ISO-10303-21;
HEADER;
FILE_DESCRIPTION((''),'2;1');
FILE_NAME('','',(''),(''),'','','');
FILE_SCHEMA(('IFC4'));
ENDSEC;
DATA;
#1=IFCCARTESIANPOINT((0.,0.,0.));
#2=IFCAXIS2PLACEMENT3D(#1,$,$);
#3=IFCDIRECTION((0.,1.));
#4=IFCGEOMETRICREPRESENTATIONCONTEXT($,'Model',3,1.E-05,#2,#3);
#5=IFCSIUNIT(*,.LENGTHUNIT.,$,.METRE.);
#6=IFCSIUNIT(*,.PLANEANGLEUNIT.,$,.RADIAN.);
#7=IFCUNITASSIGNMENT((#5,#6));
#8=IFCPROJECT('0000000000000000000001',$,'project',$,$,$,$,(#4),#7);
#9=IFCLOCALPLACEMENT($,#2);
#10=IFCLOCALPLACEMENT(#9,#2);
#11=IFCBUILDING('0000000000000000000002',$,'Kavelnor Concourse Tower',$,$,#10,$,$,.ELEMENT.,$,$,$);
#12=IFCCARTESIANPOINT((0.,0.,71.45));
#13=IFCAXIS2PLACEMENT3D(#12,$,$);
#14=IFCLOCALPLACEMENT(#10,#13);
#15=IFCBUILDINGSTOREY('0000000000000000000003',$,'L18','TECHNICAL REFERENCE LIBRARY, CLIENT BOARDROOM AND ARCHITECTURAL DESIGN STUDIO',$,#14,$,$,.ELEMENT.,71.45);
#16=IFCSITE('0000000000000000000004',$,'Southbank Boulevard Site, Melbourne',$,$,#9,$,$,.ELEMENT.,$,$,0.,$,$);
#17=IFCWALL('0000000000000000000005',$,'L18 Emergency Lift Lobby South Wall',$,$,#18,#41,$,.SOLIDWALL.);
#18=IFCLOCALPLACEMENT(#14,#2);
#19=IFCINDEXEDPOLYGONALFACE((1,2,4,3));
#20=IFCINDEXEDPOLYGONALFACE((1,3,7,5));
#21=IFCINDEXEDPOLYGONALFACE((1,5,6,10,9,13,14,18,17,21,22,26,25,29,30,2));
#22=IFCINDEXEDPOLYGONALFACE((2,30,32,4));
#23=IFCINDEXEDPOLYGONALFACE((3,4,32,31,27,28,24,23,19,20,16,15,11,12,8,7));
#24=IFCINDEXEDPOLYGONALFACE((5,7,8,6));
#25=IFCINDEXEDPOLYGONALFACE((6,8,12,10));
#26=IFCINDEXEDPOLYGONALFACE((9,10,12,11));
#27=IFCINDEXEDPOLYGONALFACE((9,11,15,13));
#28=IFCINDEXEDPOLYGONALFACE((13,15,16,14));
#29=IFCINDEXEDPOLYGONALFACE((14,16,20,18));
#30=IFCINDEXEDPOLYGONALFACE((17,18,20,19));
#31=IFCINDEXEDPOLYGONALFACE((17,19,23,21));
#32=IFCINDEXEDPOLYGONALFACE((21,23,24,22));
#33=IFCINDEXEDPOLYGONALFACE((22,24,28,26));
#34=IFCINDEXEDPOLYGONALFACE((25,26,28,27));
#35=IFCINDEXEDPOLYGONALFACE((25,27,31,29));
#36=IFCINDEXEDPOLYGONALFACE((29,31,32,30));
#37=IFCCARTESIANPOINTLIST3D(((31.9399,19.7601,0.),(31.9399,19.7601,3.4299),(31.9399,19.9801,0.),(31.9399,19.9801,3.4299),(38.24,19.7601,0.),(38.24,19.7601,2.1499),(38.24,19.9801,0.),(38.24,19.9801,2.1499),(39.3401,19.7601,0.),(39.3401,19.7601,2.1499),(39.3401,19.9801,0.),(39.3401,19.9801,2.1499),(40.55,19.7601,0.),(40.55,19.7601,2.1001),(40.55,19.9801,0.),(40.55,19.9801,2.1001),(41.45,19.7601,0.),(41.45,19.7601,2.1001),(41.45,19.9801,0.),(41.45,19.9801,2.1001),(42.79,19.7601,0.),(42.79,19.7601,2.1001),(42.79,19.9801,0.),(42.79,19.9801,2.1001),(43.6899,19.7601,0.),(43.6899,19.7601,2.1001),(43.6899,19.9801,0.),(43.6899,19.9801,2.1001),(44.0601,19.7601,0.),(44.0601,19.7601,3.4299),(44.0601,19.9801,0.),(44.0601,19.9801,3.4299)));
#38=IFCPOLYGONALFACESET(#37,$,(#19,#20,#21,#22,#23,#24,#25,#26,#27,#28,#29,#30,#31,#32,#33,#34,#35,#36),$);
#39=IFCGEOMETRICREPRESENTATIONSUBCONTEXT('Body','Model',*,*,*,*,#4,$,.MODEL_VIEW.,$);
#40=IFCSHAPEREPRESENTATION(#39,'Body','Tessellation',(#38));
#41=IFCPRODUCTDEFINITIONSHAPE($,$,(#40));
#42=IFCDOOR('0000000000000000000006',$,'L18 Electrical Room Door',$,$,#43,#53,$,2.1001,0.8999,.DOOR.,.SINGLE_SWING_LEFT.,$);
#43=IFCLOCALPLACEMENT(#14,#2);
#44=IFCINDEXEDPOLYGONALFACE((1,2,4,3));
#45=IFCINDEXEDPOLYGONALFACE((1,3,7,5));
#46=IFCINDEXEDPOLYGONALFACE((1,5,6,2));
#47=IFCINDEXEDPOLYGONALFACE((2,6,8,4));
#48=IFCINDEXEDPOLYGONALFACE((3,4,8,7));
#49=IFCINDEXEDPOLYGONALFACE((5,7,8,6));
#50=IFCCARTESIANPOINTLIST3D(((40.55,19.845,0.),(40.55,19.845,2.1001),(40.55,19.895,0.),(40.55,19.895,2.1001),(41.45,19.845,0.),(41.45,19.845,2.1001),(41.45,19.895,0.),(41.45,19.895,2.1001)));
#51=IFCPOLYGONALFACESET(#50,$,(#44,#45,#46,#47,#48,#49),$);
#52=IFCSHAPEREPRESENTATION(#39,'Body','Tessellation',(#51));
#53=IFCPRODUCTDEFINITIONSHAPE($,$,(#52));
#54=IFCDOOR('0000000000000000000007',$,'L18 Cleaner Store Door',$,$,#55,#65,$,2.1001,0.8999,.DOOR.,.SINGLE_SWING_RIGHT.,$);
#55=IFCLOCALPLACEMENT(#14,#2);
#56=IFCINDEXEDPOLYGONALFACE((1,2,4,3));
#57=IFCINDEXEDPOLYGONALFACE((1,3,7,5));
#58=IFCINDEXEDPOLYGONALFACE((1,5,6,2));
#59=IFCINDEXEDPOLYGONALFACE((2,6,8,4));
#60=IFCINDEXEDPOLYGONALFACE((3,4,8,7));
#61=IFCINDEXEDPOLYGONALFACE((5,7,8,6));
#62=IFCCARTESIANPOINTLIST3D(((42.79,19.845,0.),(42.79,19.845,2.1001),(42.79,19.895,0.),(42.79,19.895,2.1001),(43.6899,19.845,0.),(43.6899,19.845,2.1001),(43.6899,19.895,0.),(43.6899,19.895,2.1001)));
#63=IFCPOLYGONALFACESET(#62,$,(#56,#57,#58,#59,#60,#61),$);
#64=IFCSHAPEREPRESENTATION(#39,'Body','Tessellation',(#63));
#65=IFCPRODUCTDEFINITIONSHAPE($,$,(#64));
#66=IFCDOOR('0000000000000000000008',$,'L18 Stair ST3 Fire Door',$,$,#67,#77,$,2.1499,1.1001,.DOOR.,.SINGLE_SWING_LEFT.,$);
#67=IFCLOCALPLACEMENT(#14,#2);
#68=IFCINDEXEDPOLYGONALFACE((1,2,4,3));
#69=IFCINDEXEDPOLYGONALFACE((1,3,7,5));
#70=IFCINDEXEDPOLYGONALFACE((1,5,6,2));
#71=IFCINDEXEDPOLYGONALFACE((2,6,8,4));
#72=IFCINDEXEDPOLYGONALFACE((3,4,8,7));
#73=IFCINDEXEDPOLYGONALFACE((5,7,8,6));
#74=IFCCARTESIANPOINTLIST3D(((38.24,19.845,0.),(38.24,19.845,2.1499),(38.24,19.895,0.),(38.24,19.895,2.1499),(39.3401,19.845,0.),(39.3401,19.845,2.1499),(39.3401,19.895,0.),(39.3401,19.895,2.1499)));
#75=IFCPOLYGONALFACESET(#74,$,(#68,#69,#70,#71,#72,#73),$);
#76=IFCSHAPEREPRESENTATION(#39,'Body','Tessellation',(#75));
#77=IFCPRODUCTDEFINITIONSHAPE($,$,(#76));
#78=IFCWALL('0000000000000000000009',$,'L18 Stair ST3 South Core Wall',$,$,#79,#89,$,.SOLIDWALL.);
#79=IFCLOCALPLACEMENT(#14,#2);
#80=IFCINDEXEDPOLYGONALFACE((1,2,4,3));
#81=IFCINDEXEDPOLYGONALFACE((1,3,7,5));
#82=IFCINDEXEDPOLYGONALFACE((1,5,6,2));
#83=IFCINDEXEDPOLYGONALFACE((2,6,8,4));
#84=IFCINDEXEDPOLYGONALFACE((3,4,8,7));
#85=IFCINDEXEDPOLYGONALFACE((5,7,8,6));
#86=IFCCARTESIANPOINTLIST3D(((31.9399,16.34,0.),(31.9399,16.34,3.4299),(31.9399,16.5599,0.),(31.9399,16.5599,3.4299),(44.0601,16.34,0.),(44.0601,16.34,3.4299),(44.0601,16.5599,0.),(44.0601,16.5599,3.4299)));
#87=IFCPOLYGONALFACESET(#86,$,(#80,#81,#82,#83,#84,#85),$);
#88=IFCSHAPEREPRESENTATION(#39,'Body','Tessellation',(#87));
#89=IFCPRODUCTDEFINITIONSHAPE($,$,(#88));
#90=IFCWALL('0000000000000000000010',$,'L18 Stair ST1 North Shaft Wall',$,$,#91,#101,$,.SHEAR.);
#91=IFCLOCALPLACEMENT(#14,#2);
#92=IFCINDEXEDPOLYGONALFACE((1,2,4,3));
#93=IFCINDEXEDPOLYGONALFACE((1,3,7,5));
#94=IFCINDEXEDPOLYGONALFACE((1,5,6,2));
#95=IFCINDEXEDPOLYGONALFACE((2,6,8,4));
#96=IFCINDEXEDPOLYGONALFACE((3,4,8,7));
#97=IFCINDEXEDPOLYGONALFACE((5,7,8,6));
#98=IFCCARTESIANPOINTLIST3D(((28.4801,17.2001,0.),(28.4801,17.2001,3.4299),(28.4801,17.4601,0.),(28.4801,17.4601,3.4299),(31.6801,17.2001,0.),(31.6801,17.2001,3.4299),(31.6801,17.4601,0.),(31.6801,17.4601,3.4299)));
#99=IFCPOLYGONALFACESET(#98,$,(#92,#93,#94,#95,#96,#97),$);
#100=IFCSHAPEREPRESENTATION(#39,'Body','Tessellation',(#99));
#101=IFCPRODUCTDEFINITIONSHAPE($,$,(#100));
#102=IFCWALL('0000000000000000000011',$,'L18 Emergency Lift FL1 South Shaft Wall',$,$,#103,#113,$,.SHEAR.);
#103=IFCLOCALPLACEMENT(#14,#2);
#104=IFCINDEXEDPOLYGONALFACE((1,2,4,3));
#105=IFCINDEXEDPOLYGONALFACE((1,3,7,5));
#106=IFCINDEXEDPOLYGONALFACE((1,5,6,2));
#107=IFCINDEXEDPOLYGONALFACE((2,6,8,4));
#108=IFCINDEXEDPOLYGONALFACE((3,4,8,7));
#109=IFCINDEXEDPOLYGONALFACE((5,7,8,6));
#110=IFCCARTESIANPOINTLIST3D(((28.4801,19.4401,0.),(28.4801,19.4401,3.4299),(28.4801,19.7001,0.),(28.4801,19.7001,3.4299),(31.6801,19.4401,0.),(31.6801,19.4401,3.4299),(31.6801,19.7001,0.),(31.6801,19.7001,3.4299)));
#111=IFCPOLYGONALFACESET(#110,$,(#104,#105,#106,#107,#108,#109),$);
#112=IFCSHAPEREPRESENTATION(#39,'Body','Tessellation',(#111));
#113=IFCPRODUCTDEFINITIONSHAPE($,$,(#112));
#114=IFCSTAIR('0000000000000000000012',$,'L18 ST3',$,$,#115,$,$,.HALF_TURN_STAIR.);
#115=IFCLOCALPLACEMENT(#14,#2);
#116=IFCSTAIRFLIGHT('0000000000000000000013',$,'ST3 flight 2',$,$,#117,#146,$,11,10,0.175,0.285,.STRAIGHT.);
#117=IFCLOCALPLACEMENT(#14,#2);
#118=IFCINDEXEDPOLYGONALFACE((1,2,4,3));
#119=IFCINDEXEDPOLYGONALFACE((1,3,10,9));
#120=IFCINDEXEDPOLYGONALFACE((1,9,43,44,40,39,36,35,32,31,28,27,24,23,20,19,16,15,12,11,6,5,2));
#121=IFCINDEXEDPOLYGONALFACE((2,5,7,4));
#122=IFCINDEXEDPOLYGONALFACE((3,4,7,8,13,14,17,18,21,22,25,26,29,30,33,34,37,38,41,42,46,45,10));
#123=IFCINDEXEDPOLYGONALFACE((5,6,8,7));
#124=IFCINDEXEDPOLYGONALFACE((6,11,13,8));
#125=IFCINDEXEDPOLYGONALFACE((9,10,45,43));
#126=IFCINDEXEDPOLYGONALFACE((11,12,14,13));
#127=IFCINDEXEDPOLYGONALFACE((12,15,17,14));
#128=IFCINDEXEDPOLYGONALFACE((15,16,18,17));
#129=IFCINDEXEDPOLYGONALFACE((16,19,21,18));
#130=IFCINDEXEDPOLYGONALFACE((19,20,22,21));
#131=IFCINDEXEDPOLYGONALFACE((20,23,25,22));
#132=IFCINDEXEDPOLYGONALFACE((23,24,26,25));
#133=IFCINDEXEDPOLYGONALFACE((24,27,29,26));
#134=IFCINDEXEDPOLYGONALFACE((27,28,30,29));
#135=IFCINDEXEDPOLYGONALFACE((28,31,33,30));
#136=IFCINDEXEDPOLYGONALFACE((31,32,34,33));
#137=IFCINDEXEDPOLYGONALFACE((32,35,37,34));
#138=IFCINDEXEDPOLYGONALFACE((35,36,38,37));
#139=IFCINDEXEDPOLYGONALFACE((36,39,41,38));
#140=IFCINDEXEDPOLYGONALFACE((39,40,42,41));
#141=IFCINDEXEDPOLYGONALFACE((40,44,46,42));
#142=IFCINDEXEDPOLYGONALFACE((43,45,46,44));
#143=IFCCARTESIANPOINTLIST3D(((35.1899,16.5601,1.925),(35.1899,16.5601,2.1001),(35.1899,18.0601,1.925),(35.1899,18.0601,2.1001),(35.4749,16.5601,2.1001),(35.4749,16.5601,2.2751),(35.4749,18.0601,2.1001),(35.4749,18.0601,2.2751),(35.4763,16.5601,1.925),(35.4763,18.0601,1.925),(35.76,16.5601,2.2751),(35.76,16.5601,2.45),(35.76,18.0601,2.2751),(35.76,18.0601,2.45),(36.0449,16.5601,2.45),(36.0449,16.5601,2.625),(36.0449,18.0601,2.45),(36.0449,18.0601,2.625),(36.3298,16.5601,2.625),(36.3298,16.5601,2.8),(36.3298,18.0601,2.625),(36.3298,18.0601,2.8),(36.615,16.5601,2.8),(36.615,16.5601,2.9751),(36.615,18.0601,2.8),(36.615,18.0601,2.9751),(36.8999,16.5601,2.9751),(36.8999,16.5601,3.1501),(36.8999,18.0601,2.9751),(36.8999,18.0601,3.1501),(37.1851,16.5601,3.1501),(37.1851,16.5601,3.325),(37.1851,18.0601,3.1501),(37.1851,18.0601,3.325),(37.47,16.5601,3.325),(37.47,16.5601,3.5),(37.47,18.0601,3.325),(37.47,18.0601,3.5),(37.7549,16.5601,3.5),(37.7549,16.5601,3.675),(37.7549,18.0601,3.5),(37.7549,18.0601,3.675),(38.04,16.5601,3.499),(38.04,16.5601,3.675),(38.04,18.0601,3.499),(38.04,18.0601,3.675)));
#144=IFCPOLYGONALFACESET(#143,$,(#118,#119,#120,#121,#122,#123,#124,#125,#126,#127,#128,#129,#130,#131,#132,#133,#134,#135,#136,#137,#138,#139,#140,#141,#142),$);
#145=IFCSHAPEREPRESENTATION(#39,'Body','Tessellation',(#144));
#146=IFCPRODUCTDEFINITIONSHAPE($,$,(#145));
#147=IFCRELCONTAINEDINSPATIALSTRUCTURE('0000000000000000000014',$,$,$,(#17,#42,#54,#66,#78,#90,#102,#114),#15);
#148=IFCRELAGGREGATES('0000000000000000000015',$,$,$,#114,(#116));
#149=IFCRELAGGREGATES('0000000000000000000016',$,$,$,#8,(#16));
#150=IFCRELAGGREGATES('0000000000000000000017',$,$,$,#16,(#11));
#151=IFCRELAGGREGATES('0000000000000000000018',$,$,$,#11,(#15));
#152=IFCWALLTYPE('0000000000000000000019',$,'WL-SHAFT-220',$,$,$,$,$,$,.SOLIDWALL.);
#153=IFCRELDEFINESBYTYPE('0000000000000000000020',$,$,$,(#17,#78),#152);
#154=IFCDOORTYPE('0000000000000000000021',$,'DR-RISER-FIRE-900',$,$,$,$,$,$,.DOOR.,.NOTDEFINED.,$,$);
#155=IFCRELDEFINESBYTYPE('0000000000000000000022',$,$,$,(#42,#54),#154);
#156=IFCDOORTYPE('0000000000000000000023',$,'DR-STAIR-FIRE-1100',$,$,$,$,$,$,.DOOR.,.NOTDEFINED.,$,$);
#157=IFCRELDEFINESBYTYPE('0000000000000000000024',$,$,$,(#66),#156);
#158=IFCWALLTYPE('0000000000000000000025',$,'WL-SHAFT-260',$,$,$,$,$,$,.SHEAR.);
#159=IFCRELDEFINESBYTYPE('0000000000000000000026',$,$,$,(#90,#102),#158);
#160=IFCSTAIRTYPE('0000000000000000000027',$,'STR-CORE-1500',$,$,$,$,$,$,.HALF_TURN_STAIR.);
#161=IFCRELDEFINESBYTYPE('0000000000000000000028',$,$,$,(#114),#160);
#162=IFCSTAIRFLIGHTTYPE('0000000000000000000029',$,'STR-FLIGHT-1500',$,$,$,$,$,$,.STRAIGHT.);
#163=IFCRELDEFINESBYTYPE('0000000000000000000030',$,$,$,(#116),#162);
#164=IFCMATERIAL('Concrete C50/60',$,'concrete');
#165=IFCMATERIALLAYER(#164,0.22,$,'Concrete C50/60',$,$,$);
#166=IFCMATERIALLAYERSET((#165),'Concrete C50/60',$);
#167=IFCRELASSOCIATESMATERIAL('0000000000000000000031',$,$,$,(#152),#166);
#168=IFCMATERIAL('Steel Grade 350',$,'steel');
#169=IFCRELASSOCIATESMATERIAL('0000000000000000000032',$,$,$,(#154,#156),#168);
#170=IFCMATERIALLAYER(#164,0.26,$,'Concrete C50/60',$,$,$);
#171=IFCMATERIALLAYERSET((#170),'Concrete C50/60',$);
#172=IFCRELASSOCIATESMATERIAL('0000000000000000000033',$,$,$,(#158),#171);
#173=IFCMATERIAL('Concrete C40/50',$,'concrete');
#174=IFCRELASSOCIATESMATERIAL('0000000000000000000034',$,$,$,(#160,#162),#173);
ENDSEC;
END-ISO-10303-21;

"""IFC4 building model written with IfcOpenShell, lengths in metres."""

from ifc_helpers import new_model, si_unit, direction, frame, frame_2d, origin, place, context, subcontext, project, spatial, polyline, rectangle, outline, extrude, material, layer, layer_set, type_object, element, fill, aggregate, save


model = new_model("IFC4")

# Units and contexts
model_context = context("Model", 3, precision=1e-05, world=origin(), true_north=direction((0.0, 1.0)))
body_context = subcontext(model_context, "Body", "Model", "MODEL_VIEW")
ifc_project = project(units=[si_unit("LENGTHUNIT", "METRE"), si_unit("PLANEANGLEUNIT", "RADIAN")], contexts=[model_context])

# Site, building, storey
site_placement = place(None, origin())
site = spatial("IfcSite", under=ifc_project, at=site_placement, Name="Southbank Boulevard Site, Melbourne", CompositionType="ELEMENT", RefElevation=0.0)
building_placement = place(site_placement, origin())
building = spatial("IfcBuilding", under=site, at=building_placement, Name="Kavelnor Concourse Tower", CompositionType="ELEMENT")
storey_placement = place(building_placement, frame((0.0, 0.0, 71.45)))
storey = spatial("IfcBuildingStorey", under=building, at=storey_placement, Name="L18", Description="TECHNICAL REFERENCE LIBRARY, CLIENT BOARDROOM AND ARCHITECTURAL DESIGN STUDIO", CompositionType="ELEMENT", Elevation=71.45)

# Shared definitions
ifc_material_1 = material(Name="Steel Grade 350", Category="steel")

# Wall, openings, doors
ifc_material_2 = material(Name="Concrete C50/60", Category="concrete")
ifc_layer_1 = layer(ifc_material_2, 0.22, Name="Concrete C50/60")
ifc_layer_set_1 = layer_set([ifc_layer_1], Name="Concrete C50/60")
wall_type_1 = type_object("IfcWallType", Name="WL-SHAFT-220", PredefinedType="SOLIDWALL", material=ifc_layer_set_1)
wall_1_placement = place(storey_placement, frame((31.9399, 19.8701, 0.0), z_axis=(0.0, 0.0, 1.0), x_axis=(1.0, 0.0, 0.0)))
wall_1 = element("IfcWall", 1, at=wall_1_placement, inside=storey, type_object=wall_type_1, Name="L18 Emergency Lift Lobby South Wall", PredefinedType="SOLIDWALL", context=body_context, shape_type="SweptSolid", body=[
    extrude(rectangle(XDim=12.1201, YDim=0.22, at=frame_2d((6.0601, 0.0))), origin(), (0.0, 0.0, 1.0), 3.4299),
])
opening_1_placement = place(wall_1_placement, frame((6.3, 0.0, 0.0)))
opening_1 = element("IfcOpeningElement", 2, at=opening_1_placement, cuts=wall_1, PredefinedType="OPENING", context=body_context, shape_type="SweptSolid", body=[
    extrude(rectangle(XDim=1.1001, YDim=2.1499, at=frame_2d((0.55, 1.075))), frame((0.0, 0.1201, 0.0), z_axis=(0.0, -1.0, 0.0), x_axis=(1.0, 0.0, 0.0)), (0.0, 0.0, 1.0), 0.24),
])
opening_2_placement = place(wall_1_placement, frame((8.6101, 0.0, 0.0)))
opening_2 = element("IfcOpeningElement", 3, at=opening_2_placement, cuts=wall_1, PredefinedType="OPENING", context=body_context, shape_type="SweptSolid", body=[
    extrude(rectangle(XDim=0.8999, YDim=2.1001, at=frame_2d((0.45, 1.05))), frame((0.0, 0.1201, 0.0), z_axis=(0.0, -1.0, 0.0), x_axis=(1.0, 0.0, 0.0)), (0.0, 0.0, 1.0), 0.24),
])
opening_3_placement = place(wall_1_placement, frame((10.8501, 0.0, 0.0)))
opening_3 = element("IfcOpeningElement", 4, at=opening_3_placement, cuts=wall_1, PredefinedType="OPENING", context=body_context, shape_type="SweptSolid", body=[
    extrude(rectangle(XDim=0.8999, YDim=2.1001, at=frame_2d((0.45, 1.05))), frame((0.0, 0.1201, 0.0), z_axis=(0.0, -1.0, 0.0), x_axis=(1.0, 0.0, 0.0)), (0.0, 0.0, 1.0), 0.24),
])
door_type_1 = type_object("IfcDoorType", Name="DR-RISER-FIRE-900", OperationType="NOTDEFINED", PredefinedType="DOOR", material=ifc_material_1)
door_1_placement = place(opening_2_placement, origin())
door_1 = element("IfcDoor", 5, at=door_1_placement, inside=storey, type_object=door_type_1, Name="L18 Electrical Room Door", OperationType="SINGLE_SWING_LEFT", OverallHeight=2.1001, OverallWidth=0.8999, PredefinedType="DOOR", context=body_context, shape_type="SweptSolid", body=[
    extrude(rectangle(XDim=0.8999, YDim=2.1001, at=frame_2d((0.45, 1.05))), frame((0.0, 0.0249, 0.0), z_axis=(0.0, -1.0, 0.0), x_axis=(1.0, 0.0, 0.0)), (0.0, 0.0, 1.0), 0.05),
])
fill(opening_2, door_1)
door_2_placement = place(opening_3_placement, origin())
door_2 = element("IfcDoor", 6, at=door_2_placement, inside=storey, type_object=door_type_1, Name="L18 Cleaner Store Door", OperationType="SINGLE_SWING_RIGHT", OverallHeight=2.1001, OverallWidth=0.8999, PredefinedType="DOOR", context=body_context, shape_type="SweptSolid", body=[
    extrude(rectangle(XDim=0.8999, YDim=2.1001, at=frame_2d((0.45, 1.05))), frame((0.0, 0.0249, 0.0), z_axis=(0.0, -1.0, 0.0), x_axis=(1.0, 0.0, 0.0)), (0.0, 0.0, 1.0), 0.05),
])
fill(opening_3, door_2)
door_type_2 = type_object("IfcDoorType", Name="DR-STAIR-FIRE-1100", OperationType="NOTDEFINED", PredefinedType="DOOR", material=ifc_material_1)
door_3_placement = place(opening_1_placement, origin())
door_3 = element("IfcDoor", 7, at=door_3_placement, inside=storey, type_object=door_type_2, Name="L18 Stair ST3 Fire Door", OperationType="SINGLE_SWING_LEFT", OverallHeight=2.1499, OverallWidth=1.1001, PredefinedType="DOOR", context=body_context, shape_type="SweptSolid", body=[
    extrude(rectangle(XDim=1.1001, YDim=2.1499, at=frame_2d((0.55, 1.075))), frame((0.0, 0.0249, 0.0), z_axis=(0.0, -1.0, 0.0), x_axis=(1.0, 0.0, 0.0)), (0.0, 0.0, 1.0), 0.05),
])
fill(opening_1, door_3)

# Walls
wall_2_placement = place(storey_placement, frame((31.9399, 16.45, 0.0), z_axis=(0.0, 0.0, 1.0), x_axis=(1.0, 0.0, 0.0)))
element("IfcWall", 8, at=wall_2_placement, inside=storey, type_object=wall_type_1, Name="L18 Stair ST3 South Core Wall", PredefinedType="SOLIDWALL", context=body_context, shape_type="SweptSolid", body=[
    extrude(rectangle(XDim=12.1201, YDim=0.22, at=frame_2d((6.0601, 0.0))), origin(), (0.0, 0.0, 1.0), 3.4299),
])
ifc_layer_2 = layer(ifc_material_2, 0.26, Name="Concrete C50/60")
ifc_layer_set_2 = layer_set([ifc_layer_2], Name="Concrete C50/60")
wall_type_2 = type_object("IfcWallType", Name="WL-SHAFT-260", PredefinedType="SHEAR", material=ifc_layer_set_2)
for number, where, z_axis, x_axis, name in (
    (9, (28.48, 17.3301, 0.0), (0.0, 0.0, 1.0), (1.0, 0.0, 0.0), "L18 Stair ST1 North Shaft Wall"),
    (10, (28.48, 19.5701, 0.0), (0.0, 0.0, 1.0), (1.0, 0.0, 0.0), "L18 Emergency Lift FL1 South Shaft Wall"),
):
    element("IfcWall", number, at=place(storey_placement, frame(where, z_axis=z_axis, x_axis=x_axis)), inside=storey, type_object=wall_type_2, Name=name, PredefinedType="SHEAR", context=body_context, shape_type="SweptSolid", body=[
        extrude(rectangle(XDim=3.2, YDim=0.26, at=frame_2d((1.6001, 0.0))), origin(), (0.0, 0.0, 1.0), 3.4299),
    ])

# Stair, stair flight
ifc_material_3 = material(Name="Concrete C40/50", Category="concrete")
stair_type = type_object("IfcStairType", Name="STR-CORE-1500", PredefinedType="HALF_TURN_STAIR", material=ifc_material_3)
stair_placement = place(storey_placement, origin())
stair = element("IfcStair", 11, at=stair_placement, inside=storey, type_object=stair_type, Name="L18 ST3", PredefinedType="HALF_TURN_STAIR")
stair_flight_type = type_object("IfcStairFlightType", Name="STR-FLIGHT-1500", PredefinedType="STRAIGHT", material=ifc_material_3)
stair_flight_placement = place(storey_placement, frame((35.1899, 17.3101, 1.925), z_axis=(0.0, 0.0, 1.0), x_axis=(1.0, 0.0, 0.0)))
stair_flight = element("IfcStairFlight", 12, at=stair_flight_placement, type_object=stair_flight_type, Name="ST3 flight 2", NumberOfRisers=11, NumberOfTreads=10, PredefinedType="STRAIGHT", RiserHeight=0.175, TreadLength=0.285, context=body_context, shape_type="SweptSolid", body=[
    extrude(outline(polyline([(0.0, 0.0), (0.0, 0.175), (0.2849, 0.175), (0.2849, 0.3501), (0.5701, 0.3501), (0.5701, 0.5249), (0.855, 0.5249), (0.855, 0.7), (1.1399, 0.7), (1.1399, 0.875), (1.425, 0.875), (1.425, 1.05), (1.71, 1.05), (1.71, 1.2251), (1.9951, 1.2251), (1.9951, 1.3999), (2.28, 1.3999), (2.28, 1.575), (2.5649, 1.575), (2.5649, 1.75), (2.8501, 1.75), (2.8501, 1.925), (2.8501, 1.574), (0.2864, 0.0), (0.0, 0.0)])), frame((0.0, 0.75, 0.0), z_axis=(0.0, -1.0, 0.0), x_axis=(1.0, 0.0, 0.0)), (0.0, 0.0, 1.0), 1.5),
])
aggregate(stair, [stair_flight])

save(model, "model.ifc")
